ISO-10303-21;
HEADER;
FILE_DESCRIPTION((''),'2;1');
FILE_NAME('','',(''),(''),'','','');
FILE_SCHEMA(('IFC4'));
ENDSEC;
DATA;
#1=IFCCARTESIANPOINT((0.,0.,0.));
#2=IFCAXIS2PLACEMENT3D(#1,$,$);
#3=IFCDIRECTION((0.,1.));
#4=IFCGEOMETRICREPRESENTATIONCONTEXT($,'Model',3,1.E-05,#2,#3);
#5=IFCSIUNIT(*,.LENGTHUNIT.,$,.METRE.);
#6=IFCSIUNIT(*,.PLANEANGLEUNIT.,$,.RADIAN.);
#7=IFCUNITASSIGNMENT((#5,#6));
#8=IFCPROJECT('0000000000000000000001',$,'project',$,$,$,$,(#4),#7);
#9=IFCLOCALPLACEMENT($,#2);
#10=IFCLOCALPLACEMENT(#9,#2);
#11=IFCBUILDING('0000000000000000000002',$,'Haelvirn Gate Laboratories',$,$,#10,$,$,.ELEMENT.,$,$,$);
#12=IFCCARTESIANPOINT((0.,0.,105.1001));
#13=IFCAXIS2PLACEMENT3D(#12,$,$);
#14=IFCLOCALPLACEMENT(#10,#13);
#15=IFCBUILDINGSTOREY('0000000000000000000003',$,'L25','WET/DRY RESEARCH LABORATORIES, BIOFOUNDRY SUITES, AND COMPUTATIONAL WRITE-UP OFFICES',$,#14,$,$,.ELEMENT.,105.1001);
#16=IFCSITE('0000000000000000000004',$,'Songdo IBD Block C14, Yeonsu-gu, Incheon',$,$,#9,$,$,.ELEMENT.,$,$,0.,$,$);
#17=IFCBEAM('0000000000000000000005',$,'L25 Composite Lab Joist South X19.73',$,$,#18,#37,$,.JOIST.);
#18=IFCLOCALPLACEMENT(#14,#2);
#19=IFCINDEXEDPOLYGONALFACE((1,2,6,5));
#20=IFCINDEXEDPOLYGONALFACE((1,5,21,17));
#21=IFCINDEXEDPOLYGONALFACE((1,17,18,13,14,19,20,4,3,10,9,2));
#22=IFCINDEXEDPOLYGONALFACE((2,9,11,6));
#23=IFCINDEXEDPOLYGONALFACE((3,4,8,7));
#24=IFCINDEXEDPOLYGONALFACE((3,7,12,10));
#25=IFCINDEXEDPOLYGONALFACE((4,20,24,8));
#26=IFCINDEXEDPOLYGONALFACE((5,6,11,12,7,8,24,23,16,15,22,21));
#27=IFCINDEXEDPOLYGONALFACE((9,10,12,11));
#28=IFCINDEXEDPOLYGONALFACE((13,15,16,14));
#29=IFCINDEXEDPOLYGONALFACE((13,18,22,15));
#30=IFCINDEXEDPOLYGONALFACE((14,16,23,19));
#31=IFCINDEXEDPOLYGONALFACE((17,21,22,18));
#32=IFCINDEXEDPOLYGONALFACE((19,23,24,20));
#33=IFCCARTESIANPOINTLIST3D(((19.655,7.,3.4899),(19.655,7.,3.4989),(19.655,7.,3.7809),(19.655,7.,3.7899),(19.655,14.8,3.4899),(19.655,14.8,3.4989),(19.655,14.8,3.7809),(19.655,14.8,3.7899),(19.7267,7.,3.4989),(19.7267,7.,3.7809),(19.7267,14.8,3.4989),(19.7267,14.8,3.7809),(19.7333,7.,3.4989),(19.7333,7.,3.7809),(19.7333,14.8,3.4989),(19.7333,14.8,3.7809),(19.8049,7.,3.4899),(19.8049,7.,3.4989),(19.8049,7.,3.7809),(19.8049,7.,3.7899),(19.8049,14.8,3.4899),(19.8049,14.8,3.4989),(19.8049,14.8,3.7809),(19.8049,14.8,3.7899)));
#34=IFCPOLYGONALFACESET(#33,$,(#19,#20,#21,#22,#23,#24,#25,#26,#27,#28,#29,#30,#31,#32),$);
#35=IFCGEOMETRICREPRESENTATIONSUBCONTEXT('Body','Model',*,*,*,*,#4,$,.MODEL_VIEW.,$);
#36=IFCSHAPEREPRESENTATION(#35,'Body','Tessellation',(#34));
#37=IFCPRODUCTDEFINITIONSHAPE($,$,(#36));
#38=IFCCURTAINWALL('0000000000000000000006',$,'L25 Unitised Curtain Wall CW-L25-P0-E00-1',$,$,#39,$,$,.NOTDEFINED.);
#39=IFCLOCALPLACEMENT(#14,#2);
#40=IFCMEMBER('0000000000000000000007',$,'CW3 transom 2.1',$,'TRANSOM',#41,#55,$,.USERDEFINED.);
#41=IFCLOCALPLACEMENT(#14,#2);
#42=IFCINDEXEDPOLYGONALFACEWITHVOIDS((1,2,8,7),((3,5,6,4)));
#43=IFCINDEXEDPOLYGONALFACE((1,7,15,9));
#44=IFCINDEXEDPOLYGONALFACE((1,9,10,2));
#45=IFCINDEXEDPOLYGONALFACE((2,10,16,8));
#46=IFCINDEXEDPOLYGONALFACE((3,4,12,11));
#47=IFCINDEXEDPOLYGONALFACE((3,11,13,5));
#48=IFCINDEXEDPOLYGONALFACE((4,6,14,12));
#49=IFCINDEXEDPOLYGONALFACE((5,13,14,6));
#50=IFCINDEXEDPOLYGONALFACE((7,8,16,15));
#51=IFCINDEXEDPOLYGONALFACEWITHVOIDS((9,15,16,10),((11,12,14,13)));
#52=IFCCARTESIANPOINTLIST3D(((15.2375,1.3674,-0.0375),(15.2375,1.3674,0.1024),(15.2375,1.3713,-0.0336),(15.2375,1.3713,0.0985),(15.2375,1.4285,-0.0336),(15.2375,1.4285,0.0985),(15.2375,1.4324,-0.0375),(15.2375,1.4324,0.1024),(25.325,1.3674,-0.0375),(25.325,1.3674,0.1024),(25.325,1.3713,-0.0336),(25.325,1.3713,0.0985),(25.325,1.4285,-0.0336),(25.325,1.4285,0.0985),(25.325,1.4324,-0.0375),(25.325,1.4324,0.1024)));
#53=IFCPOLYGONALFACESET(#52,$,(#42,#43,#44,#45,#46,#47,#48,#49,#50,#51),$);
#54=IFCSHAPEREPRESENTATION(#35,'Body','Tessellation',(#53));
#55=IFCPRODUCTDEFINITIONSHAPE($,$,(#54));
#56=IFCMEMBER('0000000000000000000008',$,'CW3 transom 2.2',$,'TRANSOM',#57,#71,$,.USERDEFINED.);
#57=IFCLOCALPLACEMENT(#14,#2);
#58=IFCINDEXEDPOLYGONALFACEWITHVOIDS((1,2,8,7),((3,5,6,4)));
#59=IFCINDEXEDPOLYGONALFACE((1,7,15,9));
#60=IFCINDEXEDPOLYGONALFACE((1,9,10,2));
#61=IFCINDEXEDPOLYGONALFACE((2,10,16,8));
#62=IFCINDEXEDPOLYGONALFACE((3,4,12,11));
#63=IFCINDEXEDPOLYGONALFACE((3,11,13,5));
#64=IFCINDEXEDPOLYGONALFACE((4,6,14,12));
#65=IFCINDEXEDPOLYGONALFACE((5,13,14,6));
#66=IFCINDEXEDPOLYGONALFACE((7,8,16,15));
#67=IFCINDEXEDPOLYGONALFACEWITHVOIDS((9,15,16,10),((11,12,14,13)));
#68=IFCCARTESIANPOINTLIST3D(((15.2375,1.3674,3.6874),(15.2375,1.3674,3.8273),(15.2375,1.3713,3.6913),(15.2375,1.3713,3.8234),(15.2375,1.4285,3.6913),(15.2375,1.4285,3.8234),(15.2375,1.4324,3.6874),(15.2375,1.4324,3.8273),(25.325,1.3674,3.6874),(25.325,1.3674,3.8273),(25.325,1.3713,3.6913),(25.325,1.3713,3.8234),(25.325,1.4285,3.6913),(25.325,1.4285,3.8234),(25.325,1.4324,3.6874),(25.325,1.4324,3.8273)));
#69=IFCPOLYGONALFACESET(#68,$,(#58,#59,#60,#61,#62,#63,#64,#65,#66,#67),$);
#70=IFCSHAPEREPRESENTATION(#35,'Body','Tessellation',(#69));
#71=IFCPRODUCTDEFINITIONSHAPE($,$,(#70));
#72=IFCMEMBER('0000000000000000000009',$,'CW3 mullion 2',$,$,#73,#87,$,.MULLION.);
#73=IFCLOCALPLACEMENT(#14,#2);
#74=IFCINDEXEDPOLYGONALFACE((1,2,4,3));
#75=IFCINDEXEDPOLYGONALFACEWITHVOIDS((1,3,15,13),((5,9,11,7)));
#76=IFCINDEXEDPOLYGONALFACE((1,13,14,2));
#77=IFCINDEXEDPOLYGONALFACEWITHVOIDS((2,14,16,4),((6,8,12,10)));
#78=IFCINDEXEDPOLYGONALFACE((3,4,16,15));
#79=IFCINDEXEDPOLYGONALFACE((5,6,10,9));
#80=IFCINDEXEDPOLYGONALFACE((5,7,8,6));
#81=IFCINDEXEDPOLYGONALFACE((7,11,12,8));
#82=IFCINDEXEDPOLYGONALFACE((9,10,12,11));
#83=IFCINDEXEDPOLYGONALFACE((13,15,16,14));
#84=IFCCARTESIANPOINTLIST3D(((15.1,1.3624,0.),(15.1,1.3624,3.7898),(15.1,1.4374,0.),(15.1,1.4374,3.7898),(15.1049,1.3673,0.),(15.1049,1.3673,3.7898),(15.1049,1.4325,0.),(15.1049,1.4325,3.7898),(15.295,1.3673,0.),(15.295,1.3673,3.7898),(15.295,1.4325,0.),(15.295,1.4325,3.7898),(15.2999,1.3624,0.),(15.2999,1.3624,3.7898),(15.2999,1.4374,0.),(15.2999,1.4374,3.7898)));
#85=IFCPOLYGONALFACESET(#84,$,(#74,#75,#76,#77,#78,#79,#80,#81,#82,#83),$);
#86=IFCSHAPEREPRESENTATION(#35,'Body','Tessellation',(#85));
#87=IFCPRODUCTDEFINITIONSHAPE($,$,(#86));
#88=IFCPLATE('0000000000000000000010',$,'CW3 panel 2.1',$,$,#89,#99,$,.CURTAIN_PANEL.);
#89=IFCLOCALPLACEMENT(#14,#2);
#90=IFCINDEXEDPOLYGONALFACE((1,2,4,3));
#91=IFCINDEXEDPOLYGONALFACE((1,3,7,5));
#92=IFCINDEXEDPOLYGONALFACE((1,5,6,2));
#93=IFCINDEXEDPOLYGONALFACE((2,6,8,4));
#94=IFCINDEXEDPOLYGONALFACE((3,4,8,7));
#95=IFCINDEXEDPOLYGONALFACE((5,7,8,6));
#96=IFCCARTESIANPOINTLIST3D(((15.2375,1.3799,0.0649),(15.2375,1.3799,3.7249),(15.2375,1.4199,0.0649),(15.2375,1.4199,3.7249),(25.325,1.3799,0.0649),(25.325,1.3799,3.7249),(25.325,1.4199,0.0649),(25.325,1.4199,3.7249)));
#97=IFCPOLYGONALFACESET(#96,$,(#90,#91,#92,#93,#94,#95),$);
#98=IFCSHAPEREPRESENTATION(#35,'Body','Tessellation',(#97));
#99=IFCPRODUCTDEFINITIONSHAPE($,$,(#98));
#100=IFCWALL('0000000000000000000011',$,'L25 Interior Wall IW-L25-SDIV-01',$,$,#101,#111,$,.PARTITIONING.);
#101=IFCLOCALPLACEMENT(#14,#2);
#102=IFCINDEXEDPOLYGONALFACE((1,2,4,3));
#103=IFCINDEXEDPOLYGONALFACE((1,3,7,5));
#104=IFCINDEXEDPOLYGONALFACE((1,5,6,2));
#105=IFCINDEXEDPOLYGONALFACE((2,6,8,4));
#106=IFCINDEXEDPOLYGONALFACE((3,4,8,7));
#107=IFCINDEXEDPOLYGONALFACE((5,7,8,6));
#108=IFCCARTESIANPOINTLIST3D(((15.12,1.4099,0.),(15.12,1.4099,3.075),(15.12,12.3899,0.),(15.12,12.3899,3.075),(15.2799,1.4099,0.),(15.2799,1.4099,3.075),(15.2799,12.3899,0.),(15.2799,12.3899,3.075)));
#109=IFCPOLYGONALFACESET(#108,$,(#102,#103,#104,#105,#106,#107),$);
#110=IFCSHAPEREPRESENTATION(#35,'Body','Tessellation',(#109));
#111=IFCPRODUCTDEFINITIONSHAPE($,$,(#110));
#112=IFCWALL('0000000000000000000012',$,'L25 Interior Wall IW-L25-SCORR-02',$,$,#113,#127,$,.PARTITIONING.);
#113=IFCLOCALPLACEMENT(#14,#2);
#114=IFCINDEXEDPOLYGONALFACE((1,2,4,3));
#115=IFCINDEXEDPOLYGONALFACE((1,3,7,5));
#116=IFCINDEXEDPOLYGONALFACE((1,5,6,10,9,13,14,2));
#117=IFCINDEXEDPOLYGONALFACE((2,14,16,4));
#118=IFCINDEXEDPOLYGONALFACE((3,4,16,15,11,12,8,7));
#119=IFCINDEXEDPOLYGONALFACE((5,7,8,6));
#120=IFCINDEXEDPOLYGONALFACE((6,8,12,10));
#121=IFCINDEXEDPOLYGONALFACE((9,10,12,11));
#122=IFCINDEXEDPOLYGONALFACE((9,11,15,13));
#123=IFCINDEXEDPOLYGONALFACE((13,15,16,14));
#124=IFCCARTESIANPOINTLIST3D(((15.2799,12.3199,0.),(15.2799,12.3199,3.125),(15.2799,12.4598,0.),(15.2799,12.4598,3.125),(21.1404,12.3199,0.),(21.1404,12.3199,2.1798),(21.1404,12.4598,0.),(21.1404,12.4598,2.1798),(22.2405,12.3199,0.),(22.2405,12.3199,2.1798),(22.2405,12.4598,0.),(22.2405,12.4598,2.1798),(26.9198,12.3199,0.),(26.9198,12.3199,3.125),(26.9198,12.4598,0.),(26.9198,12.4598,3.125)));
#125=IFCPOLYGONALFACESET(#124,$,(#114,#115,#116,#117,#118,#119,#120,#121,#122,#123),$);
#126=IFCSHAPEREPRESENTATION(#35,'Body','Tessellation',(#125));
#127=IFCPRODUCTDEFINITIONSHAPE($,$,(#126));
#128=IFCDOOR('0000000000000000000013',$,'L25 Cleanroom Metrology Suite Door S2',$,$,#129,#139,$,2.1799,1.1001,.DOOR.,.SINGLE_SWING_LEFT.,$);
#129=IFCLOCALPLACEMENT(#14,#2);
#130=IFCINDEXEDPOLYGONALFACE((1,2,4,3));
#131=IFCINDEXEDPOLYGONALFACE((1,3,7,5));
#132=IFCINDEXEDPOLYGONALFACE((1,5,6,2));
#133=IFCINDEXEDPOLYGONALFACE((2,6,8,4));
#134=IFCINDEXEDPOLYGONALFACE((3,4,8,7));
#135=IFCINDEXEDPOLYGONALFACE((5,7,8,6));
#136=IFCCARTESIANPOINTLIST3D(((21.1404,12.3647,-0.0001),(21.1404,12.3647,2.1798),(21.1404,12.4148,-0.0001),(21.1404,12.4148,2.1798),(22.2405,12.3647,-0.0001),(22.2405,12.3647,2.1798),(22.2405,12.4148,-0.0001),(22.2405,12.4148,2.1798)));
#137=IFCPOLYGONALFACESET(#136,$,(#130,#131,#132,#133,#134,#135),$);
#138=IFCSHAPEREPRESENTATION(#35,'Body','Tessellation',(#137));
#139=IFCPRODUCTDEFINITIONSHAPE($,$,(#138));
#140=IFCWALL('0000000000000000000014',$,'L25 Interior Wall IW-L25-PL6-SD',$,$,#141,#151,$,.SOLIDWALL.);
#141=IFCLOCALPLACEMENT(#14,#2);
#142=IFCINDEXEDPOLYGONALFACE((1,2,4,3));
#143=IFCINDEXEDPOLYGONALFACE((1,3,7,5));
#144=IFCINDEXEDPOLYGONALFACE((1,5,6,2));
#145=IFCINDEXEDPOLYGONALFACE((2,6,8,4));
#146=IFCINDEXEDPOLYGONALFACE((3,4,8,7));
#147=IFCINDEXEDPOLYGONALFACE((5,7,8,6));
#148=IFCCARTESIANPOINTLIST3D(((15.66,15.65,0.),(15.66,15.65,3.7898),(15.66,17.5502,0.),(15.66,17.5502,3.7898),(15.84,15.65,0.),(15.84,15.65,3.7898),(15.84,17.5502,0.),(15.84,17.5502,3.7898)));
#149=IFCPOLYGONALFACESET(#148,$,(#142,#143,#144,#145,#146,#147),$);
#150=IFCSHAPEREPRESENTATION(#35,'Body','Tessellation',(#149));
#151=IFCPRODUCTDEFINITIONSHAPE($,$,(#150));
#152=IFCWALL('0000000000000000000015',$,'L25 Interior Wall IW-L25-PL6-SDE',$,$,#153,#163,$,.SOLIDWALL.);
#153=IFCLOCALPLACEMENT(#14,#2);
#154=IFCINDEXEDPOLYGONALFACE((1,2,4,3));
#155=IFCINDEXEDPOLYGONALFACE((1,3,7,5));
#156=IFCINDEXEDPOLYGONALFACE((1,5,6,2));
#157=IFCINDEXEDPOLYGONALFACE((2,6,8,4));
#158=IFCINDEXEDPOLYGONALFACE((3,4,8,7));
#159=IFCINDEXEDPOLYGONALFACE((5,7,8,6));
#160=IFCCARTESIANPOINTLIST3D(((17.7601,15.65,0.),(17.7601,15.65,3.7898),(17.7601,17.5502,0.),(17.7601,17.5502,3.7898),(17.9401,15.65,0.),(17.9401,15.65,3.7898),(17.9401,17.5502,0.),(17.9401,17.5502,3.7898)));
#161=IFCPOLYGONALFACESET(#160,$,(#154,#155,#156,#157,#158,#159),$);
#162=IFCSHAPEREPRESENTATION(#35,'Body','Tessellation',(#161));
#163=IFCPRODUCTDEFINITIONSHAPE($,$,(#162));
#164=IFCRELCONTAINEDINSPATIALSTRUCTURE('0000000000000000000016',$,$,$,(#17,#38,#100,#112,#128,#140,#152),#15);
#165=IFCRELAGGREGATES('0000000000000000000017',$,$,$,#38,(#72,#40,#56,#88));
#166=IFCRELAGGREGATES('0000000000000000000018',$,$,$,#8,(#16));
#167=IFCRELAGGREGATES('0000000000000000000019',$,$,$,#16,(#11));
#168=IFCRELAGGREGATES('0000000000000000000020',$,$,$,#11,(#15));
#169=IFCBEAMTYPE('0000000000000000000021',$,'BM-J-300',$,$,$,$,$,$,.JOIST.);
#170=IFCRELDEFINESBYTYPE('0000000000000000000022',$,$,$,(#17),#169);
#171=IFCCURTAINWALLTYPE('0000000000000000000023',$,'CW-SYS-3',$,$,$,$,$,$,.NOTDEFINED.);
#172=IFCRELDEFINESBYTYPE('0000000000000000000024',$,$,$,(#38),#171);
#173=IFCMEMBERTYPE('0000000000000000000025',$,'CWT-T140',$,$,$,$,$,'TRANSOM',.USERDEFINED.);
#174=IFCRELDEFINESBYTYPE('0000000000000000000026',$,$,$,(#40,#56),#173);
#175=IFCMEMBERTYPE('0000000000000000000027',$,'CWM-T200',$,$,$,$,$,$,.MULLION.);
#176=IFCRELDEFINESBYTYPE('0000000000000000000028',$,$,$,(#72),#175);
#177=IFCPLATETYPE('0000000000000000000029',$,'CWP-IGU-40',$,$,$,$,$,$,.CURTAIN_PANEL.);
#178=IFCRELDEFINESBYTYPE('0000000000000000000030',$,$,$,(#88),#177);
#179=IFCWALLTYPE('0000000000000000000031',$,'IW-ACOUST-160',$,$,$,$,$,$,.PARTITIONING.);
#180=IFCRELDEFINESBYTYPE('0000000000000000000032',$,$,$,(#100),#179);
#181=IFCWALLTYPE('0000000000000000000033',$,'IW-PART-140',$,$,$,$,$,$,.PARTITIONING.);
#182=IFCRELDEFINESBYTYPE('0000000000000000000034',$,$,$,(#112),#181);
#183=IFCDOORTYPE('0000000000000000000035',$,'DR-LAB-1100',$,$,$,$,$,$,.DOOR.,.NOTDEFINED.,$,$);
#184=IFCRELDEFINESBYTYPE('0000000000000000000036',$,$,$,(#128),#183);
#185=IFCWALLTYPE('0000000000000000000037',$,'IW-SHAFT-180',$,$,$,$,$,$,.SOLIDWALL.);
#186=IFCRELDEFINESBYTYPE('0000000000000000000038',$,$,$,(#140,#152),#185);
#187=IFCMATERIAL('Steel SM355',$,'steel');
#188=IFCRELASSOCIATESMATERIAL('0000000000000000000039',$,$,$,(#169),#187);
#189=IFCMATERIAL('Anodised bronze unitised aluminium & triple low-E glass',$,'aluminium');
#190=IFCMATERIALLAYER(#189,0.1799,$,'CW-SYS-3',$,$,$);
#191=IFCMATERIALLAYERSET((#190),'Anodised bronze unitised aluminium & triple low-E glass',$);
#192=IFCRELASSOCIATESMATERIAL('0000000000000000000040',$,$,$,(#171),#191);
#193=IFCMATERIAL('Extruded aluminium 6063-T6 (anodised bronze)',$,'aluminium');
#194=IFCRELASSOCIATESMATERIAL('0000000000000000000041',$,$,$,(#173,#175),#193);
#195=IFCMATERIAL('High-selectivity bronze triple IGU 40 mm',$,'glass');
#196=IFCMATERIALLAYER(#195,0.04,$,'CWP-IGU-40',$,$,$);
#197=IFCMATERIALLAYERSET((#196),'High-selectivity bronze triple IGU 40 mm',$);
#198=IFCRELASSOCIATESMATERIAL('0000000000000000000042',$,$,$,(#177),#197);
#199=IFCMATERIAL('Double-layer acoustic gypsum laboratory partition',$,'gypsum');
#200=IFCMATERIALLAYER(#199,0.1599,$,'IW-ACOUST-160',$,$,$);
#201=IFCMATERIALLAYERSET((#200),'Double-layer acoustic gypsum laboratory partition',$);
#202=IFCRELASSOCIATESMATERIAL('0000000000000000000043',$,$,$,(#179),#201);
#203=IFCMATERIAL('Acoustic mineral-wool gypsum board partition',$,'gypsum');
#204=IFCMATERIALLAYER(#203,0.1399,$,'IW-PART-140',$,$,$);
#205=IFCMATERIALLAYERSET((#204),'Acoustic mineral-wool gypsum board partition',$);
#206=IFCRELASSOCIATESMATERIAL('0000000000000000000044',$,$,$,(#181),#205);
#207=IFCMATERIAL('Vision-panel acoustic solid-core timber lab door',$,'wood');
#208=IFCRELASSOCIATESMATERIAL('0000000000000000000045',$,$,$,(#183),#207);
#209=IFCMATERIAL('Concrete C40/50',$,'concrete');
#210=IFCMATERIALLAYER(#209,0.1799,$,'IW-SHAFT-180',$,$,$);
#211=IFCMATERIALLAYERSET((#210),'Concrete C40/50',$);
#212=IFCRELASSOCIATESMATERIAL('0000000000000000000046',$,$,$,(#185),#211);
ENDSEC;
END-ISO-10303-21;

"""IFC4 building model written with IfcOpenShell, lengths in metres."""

from ifc_helpers import new_model, si_unit, direction, frame, frame_2d, origin, origin_2d, place, context, subcontext, project, spatial, rectangle, hollow_rectangle, i_section, extrude, source, transform, mapped, material, layer, layer_set, material_profile, profile_set, type_object, type_shapes, element, fill, aggregate, save


model = new_model("IFC4")

# Units and contexts
model_context = context("Model", 3, precision=1e-05, world=origin(), true_north=direction((0.0, 1.0)))
body_context = subcontext(model_context, "Body", "Model", "MODEL_VIEW")
ifc_project = project(units=[si_unit("LENGTHUNIT", "METRE"), si_unit("PLANEANGLEUNIT", "RADIAN")], contexts=[model_context])

# Site, building, storey
site_placement = place(None, origin())
site = spatial("IfcSite", under=ifc_project, at=site_placement, Name="Songdo IBD Block C14, Yeonsu-gu, Incheon", CompositionType="ELEMENT", RefElevation=0.0)
building_placement = place(site_placement, origin())
building = spatial("IfcBuilding", under=site, at=building_placement, Name="Haelvirn Gate Laboratories", CompositionType="ELEMENT")
storey_placement = place(building_placement, frame((0.0, 0.0, 105.1001)))
storey = spatial("IfcBuildingStorey", under=building, at=storey_placement, Name="L25", Description="WET/DRY RESEARCH LABORATORIES, BIOFOUNDRY SUITES, AND COMPUTATIONAL WRITE-UP OFFICES", CompositionType="ELEMENT", Elevation=105.1001)

# Beam
ifc_material_1 = material(Name="Steel SM355", Category="steel")
ifc_material_profile_1 = material_profile(ifc_material_1, i_section(OverallWidth=0.1499, OverallDepth=0.3, WebThickness=0.0066, FlangeThickness=0.009, at=origin_2d()), Name="H-300x150x6.5x9")
ifc_profile_set_1 = profile_set([ifc_material_profile_1], Name="Steel SM355")
beam_type_1 = type_object("IfcBeamType", Name="BM-J-300", PredefinedType="JOIST", material=ifc_profile_set_1)
shared_shape_1 = source(origin(), body_context, "Body", "SweptSolid", [
    extrude(i_section(OverallWidth=0.1499, OverallDepth=0.3, WebThickness=0.0066, FlangeThickness=0.009, at=origin_2d()), origin(), (0.0, 0.0, 1.0), 7.8),
])
type_shapes(beam_type_1, [shared_shape_1])
for number, where, z_axis, x_axis, name in (
    (1, (19.73, 7.0, 3.6399), (0.0, 1.0, 0.0), (-1.0, 0.0, 0.0), "L25 Composite Lab Joist South X19.73"),
):
    element("IfcBeam", number, at=place(storey_placement, frame(where, z_axis=z_axis, x_axis=x_axis)), inside=storey, type_object=beam_type_1, Name=name, PredefinedType="JOIST", context=body_context, shape_type="MappedRepresentation", body=[
        mapped(shared_shape_1, transform((0.0, 0.0, 0.0), scale=1.0)),
    ])

# Curtain wall, members, plate
ifc_material_2 = material(Name="Anodised bronze unitised aluminium & triple low-E glass", Category="aluminium")
ifc_layer_1 = layer(ifc_material_2, 0.1799, Name="CW-SYS-3")
ifc_layer_set_1 = layer_set([ifc_layer_1], Name="Anodised bronze unitised aluminium & triple low-E glass")
curtain_wall_type = type_object("IfcCurtainWallType", Name="CW-SYS-3", PredefinedType="NOTDEFINED", material=ifc_layer_set_1)
curtain_wall_placement = place(storey_placement, origin())
curtain_wall = element("IfcCurtainWall", 2, at=curtain_wall_placement, inside=storey, type_object=curtain_wall_type, Name="L25 Unitised Curtain Wall CW-L25-P0-E00-1", PredefinedType="NOTDEFINED")
ifc_material_3 = material(Name="Extruded aluminium 6063-T6 (anodised bronze)", Category="aluminium")
ifc_material_profile_2 = material_profile(ifc_material_3, hollow_rectangle(XDim=0.0649, YDim=0.1399, WallThickness=0.0039, at=origin_2d()), Name="CWT-140x65x4")
ifc_profile_set_2 = profile_set([ifc_material_profile_2], Name="Extruded aluminium 6063-T6 (anodised bronze)")
member_type_1 = type_object("IfcMemberType", Name="CWT-T140", ElementType="TRANSOM", PredefinedType="USERDEFINED", material=ifc_profile_set_2)
shared_shape_2 = source(origin(), body_context, "Body", "SweptSolid", [
    extrude(hollow_rectangle(XDim=0.0649, YDim=0.1399, WallThickness=0.0039, at=origin_2d()), origin(), (0.0, 0.0, 1.0), 10.0874),
])
type_shapes(member_type_1, [shared_shape_2])
member_1_placement = place(storey_placement, frame((15.2375, 1.3999, 0.0325), z_axis=(1.0, 0.0, 0.0), x_axis=(0.0, 1.0, 0.0)))
member_1 = element("IfcMember", 3, at=member_1_placement, type_object=member_type_1, Name="CW3 transom 2.1", ObjectType="TRANSOM", PredefinedType="USERDEFINED", context=body_context, shape_type="MappedRepresentation", body=[
    mapped(shared_shape_2, transform((0.0, 0.0, 0.0), scale=1.0)),
])
member_2_placement = place(storey_placement, frame((15.2375, 1.3999, 3.7573), z_axis=(1.0, 0.0, 0.0), x_axis=(0.0, 1.0, 0.0)))
member_2 = element("IfcMember", 4, at=member_2_placement, type_object=member_type_1, Name="CW3 transom 2.2", ObjectType="TRANSOM", PredefinedType="USERDEFINED", context=body_context, shape_type="MappedRepresentation", body=[
    mapped(shared_shape_2, transform((0.0, 0.0, 0.0), scale=1.0)),
])
ifc_material_profile_3 = material_profile(ifc_material_3, hollow_rectangle(XDim=0.075, YDim=0.2, WallThickness=0.0049, at=origin_2d()), Name="CWM-200x75x5")
ifc_profile_set_3 = profile_set([ifc_material_profile_3], Name="Extruded aluminium 6063-T6 (anodised bronze)")
member_type_2 = type_object("IfcMemberType", Name="CWM-T200", PredefinedType="MULLION", material=ifc_profile_set_3)
shared_shape_3 = source(origin(), body_context, "Body", "SweptSolid", [
    extrude(hollow_rectangle(XDim=0.075, YDim=0.2, WallThickness=0.0049, at=origin_2d()), origin(), (0.0, 0.0, 1.0), 3.7898),
])
type_shapes(member_type_2, [shared_shape_3])
member_3_placement = place(storey_placement, frame((15.2, 1.3999, 0.0), z_axis=(0.0, 0.0, 1.0), x_axis=(0.0, 1.0, 0.0)))
member_3 = element("IfcMember", 5, at=member_3_placement, type_object=member_type_2, Name="CW3 mullion 2", PredefinedType="MULLION", context=body_context, shape_type="MappedRepresentation", body=[
    mapped(shared_shape_3, transform((0.0, 0.0, 0.0), scale=1.0)),
])
ifc_material_4 = material(Name="High-selectivity bronze triple IGU 40 mm", Category="glass")
ifc_layer_2 = layer(ifc_material_4, 0.04, Name="CWP-IGU-40")
ifc_layer_set_2 = layer_set([ifc_layer_2], Name="High-selectivity bronze triple IGU 40 mm")
plate_type = type_object("IfcPlateType", Name="CWP-IGU-40", PredefinedType="CURTAIN_PANEL", material=ifc_layer_set_2)
shared_shape_4 = source(origin(), body_context, "Body", "SweptSolid", [
    extrude(rectangle(XDim=10.0874, YDim=0.04, at=origin_2d()), origin(), (0.0, 0.0, 1.0), 3.6599),
])
type_shapes(plate_type, [shared_shape_4])
plate_placement = place(storey_placement, frame((20.2812, 1.3999, 0.0649), z_axis=(0.0, 0.0, 1.0), x_axis=(1.0, 0.0, 0.0)))
plate = element("IfcPlate", 6, at=plate_placement, type_object=plate_type, Name="CW3 panel 2.1", PredefinedType="CURTAIN_PANEL", context=body_context, shape_type="MappedRepresentation", body=[
    mapped(shared_shape_4, transform((0.0, 0.0, 0.0), scale=1.0)),
])
aggregate(curtain_wall, [member_3, member_1, member_2, plate])

# Wall
ifc_material_5 = material(Name="Double-layer acoustic gypsum laboratory partition", Category="gypsum")
ifc_layer_3 = layer(ifc_material_5, 0.1599, Name="IW-ACOUST-160")
ifc_layer_set_3 = layer_set([ifc_layer_3], Name="Double-layer acoustic gypsum laboratory partition")
wall_type_1 = type_object("IfcWallType", Name="IW-ACOUST-160", PredefinedType="PARTITIONING", material=ifc_layer_set_3)
wall_1_placement = place(storey_placement, frame((15.2, 1.4099, 0.0), z_axis=(0.0, 0.0, 1.0), x_axis=(0.0, 1.0, 0.0)))
element("IfcWall", 7, at=wall_1_placement, inside=storey, type_object=wall_type_1, Name="L25 Interior Wall IW-L25-SDIV-01", PredefinedType="PARTITIONING", context=body_context, shape_type="SweptSolid", body=[
    extrude(rectangle(XDim=10.98, YDim=0.1599, at=frame_2d((5.49, 0.0))), origin(), (0.0, 0.0, 1.0), 3.075),
])

# Wall, opening, door
ifc_material_6 = material(Name="Acoustic mineral-wool gypsum board partition", Category="gypsum")
ifc_layer_4 = layer(ifc_material_6, 0.1399, Name="IW-PART-140")
ifc_layer_set_4 = layer_set([ifc_layer_4], Name="Acoustic mineral-wool gypsum board partition")
wall_type_2 = type_object("IfcWallType", Name="IW-PART-140", PredefinedType="PARTITIONING", material=ifc_layer_set_4)
wall_2_placement = place(storey_placement, frame((15.28, 12.3899, 0.0), z_axis=(0.0, 0.0, 1.0), x_axis=(1.0, 0.0, 0.0)))
wall_2 = element("IfcWall", 8, at=wall_2_placement, inside=storey, type_object=wall_type_2, Name="L25 Interior Wall IW-L25-SCORR-02", PredefinedType="PARTITIONING", context=body_context, shape_type="SweptSolid", body=[
    extrude(rectangle(XDim=11.6399, YDim=0.1399, at=frame_2d((5.8198, 0.0))), origin(), (0.0, 0.0, 1.0), 3.125),
])
opening_1_placement = place(wall_2_placement, frame((5.8604, 0.0, 0.0)))
opening_1 = element("IfcOpeningElement", 9, at=opening_1_placement, cuts=wall_2, PredefinedType="OPENING", context=body_context, shape_type="SweptSolid", body=[
    extrude(rectangle(XDim=1.1001, YDim=2.1799, at=frame_2d((0.55, 1.0898))), frame((0.0, 0.0801, 0.0), z_axis=(0.0, -1.0, 0.0), x_axis=(1.0, 0.0, 0.0)), (0.0, 0.0, 1.0), 0.1599),
])
ifc_material_7 = material(Name="Vision-panel acoustic solid-core timber lab door", Category="wood")
door_type_1 = type_object("IfcDoorType", Name="DR-LAB-1100", OperationType="NOTDEFINED", PredefinedType="DOOR", material=ifc_material_7)
shared_shape_5 = source(origin(), body_context, "Body", "SweptSolid", [
    extrude(rectangle(XDim=1.1001, YDim=2.1799, at=frame_2d((0.55, 1.0898))), frame((0.0, 0.0249, 0.0), z_axis=(0.0, -1.0, 0.0), x_axis=(1.0, 0.0, 0.0)), (0.0, 0.0, 1.0), 0.05),
])
type_shapes(door_type_1, [shared_shape_5])
door_1_placement = place(opening_1_placement, origin())
door_1 = element("IfcDoor", 10, at=door_1_placement, inside=storey, type_object=door_type_1, Name="L25 Cleanroom Metrology Suite Door S2", OperationType="SINGLE_SWING_LEFT", OverallHeight=2.1799, OverallWidth=1.1001, PredefinedType="DOOR", context=body_context, shape_type="MappedRepresentation", body=[
    mapped(shared_shape_5, transform((0.0, 0.0, 0.0), scale=1.0)),
])
fill(opening_1, door_1)

# Walls
ifc_material_8 = material(Name="Concrete C40/50", Category="concrete")
ifc_layer_5 = layer(ifc_material_8, 0.1799, Name="IW-SHAFT-180")
ifc_layer_set_5 = layer_set([ifc_layer_5], Name="Concrete C40/50")
wall_type_3 = type_object("IfcWallType", Name="IW-SHAFT-180", PredefinedType="SOLIDWALL", material=ifc_layer_set_5)
for number, where, z_axis, x_axis, name in (
    (11, (15.75, 15.6499, 0.0), (0.0, 0.0, 1.0), (0.0, 1.0, 0.0), "L25 Interior Wall IW-L25-PL6-SD"),
    (12, (17.8501, 15.6499, 0.0), (0.0, 0.0, 1.0), (0.0, 1.0, 0.0), "L25 Interior Wall IW-L25-PL6-SDE"),
):
    element("IfcWall", number, at=place(storey_placement, frame(where, z_axis=z_axis, x_axis=x_axis)), inside=storey, type_object=wall_type_3, Name=name, PredefinedType="SOLIDWALL", context=body_context, shape_type="SweptSolid", body=[
        extrude(rectangle(XDim=1.9001, YDim=0.1799, at=frame_2d((0.9502, 0.0))), origin(), (0.0, 0.0, 1.0), 3.7898),
    ])

save(model, "model.ifc")
